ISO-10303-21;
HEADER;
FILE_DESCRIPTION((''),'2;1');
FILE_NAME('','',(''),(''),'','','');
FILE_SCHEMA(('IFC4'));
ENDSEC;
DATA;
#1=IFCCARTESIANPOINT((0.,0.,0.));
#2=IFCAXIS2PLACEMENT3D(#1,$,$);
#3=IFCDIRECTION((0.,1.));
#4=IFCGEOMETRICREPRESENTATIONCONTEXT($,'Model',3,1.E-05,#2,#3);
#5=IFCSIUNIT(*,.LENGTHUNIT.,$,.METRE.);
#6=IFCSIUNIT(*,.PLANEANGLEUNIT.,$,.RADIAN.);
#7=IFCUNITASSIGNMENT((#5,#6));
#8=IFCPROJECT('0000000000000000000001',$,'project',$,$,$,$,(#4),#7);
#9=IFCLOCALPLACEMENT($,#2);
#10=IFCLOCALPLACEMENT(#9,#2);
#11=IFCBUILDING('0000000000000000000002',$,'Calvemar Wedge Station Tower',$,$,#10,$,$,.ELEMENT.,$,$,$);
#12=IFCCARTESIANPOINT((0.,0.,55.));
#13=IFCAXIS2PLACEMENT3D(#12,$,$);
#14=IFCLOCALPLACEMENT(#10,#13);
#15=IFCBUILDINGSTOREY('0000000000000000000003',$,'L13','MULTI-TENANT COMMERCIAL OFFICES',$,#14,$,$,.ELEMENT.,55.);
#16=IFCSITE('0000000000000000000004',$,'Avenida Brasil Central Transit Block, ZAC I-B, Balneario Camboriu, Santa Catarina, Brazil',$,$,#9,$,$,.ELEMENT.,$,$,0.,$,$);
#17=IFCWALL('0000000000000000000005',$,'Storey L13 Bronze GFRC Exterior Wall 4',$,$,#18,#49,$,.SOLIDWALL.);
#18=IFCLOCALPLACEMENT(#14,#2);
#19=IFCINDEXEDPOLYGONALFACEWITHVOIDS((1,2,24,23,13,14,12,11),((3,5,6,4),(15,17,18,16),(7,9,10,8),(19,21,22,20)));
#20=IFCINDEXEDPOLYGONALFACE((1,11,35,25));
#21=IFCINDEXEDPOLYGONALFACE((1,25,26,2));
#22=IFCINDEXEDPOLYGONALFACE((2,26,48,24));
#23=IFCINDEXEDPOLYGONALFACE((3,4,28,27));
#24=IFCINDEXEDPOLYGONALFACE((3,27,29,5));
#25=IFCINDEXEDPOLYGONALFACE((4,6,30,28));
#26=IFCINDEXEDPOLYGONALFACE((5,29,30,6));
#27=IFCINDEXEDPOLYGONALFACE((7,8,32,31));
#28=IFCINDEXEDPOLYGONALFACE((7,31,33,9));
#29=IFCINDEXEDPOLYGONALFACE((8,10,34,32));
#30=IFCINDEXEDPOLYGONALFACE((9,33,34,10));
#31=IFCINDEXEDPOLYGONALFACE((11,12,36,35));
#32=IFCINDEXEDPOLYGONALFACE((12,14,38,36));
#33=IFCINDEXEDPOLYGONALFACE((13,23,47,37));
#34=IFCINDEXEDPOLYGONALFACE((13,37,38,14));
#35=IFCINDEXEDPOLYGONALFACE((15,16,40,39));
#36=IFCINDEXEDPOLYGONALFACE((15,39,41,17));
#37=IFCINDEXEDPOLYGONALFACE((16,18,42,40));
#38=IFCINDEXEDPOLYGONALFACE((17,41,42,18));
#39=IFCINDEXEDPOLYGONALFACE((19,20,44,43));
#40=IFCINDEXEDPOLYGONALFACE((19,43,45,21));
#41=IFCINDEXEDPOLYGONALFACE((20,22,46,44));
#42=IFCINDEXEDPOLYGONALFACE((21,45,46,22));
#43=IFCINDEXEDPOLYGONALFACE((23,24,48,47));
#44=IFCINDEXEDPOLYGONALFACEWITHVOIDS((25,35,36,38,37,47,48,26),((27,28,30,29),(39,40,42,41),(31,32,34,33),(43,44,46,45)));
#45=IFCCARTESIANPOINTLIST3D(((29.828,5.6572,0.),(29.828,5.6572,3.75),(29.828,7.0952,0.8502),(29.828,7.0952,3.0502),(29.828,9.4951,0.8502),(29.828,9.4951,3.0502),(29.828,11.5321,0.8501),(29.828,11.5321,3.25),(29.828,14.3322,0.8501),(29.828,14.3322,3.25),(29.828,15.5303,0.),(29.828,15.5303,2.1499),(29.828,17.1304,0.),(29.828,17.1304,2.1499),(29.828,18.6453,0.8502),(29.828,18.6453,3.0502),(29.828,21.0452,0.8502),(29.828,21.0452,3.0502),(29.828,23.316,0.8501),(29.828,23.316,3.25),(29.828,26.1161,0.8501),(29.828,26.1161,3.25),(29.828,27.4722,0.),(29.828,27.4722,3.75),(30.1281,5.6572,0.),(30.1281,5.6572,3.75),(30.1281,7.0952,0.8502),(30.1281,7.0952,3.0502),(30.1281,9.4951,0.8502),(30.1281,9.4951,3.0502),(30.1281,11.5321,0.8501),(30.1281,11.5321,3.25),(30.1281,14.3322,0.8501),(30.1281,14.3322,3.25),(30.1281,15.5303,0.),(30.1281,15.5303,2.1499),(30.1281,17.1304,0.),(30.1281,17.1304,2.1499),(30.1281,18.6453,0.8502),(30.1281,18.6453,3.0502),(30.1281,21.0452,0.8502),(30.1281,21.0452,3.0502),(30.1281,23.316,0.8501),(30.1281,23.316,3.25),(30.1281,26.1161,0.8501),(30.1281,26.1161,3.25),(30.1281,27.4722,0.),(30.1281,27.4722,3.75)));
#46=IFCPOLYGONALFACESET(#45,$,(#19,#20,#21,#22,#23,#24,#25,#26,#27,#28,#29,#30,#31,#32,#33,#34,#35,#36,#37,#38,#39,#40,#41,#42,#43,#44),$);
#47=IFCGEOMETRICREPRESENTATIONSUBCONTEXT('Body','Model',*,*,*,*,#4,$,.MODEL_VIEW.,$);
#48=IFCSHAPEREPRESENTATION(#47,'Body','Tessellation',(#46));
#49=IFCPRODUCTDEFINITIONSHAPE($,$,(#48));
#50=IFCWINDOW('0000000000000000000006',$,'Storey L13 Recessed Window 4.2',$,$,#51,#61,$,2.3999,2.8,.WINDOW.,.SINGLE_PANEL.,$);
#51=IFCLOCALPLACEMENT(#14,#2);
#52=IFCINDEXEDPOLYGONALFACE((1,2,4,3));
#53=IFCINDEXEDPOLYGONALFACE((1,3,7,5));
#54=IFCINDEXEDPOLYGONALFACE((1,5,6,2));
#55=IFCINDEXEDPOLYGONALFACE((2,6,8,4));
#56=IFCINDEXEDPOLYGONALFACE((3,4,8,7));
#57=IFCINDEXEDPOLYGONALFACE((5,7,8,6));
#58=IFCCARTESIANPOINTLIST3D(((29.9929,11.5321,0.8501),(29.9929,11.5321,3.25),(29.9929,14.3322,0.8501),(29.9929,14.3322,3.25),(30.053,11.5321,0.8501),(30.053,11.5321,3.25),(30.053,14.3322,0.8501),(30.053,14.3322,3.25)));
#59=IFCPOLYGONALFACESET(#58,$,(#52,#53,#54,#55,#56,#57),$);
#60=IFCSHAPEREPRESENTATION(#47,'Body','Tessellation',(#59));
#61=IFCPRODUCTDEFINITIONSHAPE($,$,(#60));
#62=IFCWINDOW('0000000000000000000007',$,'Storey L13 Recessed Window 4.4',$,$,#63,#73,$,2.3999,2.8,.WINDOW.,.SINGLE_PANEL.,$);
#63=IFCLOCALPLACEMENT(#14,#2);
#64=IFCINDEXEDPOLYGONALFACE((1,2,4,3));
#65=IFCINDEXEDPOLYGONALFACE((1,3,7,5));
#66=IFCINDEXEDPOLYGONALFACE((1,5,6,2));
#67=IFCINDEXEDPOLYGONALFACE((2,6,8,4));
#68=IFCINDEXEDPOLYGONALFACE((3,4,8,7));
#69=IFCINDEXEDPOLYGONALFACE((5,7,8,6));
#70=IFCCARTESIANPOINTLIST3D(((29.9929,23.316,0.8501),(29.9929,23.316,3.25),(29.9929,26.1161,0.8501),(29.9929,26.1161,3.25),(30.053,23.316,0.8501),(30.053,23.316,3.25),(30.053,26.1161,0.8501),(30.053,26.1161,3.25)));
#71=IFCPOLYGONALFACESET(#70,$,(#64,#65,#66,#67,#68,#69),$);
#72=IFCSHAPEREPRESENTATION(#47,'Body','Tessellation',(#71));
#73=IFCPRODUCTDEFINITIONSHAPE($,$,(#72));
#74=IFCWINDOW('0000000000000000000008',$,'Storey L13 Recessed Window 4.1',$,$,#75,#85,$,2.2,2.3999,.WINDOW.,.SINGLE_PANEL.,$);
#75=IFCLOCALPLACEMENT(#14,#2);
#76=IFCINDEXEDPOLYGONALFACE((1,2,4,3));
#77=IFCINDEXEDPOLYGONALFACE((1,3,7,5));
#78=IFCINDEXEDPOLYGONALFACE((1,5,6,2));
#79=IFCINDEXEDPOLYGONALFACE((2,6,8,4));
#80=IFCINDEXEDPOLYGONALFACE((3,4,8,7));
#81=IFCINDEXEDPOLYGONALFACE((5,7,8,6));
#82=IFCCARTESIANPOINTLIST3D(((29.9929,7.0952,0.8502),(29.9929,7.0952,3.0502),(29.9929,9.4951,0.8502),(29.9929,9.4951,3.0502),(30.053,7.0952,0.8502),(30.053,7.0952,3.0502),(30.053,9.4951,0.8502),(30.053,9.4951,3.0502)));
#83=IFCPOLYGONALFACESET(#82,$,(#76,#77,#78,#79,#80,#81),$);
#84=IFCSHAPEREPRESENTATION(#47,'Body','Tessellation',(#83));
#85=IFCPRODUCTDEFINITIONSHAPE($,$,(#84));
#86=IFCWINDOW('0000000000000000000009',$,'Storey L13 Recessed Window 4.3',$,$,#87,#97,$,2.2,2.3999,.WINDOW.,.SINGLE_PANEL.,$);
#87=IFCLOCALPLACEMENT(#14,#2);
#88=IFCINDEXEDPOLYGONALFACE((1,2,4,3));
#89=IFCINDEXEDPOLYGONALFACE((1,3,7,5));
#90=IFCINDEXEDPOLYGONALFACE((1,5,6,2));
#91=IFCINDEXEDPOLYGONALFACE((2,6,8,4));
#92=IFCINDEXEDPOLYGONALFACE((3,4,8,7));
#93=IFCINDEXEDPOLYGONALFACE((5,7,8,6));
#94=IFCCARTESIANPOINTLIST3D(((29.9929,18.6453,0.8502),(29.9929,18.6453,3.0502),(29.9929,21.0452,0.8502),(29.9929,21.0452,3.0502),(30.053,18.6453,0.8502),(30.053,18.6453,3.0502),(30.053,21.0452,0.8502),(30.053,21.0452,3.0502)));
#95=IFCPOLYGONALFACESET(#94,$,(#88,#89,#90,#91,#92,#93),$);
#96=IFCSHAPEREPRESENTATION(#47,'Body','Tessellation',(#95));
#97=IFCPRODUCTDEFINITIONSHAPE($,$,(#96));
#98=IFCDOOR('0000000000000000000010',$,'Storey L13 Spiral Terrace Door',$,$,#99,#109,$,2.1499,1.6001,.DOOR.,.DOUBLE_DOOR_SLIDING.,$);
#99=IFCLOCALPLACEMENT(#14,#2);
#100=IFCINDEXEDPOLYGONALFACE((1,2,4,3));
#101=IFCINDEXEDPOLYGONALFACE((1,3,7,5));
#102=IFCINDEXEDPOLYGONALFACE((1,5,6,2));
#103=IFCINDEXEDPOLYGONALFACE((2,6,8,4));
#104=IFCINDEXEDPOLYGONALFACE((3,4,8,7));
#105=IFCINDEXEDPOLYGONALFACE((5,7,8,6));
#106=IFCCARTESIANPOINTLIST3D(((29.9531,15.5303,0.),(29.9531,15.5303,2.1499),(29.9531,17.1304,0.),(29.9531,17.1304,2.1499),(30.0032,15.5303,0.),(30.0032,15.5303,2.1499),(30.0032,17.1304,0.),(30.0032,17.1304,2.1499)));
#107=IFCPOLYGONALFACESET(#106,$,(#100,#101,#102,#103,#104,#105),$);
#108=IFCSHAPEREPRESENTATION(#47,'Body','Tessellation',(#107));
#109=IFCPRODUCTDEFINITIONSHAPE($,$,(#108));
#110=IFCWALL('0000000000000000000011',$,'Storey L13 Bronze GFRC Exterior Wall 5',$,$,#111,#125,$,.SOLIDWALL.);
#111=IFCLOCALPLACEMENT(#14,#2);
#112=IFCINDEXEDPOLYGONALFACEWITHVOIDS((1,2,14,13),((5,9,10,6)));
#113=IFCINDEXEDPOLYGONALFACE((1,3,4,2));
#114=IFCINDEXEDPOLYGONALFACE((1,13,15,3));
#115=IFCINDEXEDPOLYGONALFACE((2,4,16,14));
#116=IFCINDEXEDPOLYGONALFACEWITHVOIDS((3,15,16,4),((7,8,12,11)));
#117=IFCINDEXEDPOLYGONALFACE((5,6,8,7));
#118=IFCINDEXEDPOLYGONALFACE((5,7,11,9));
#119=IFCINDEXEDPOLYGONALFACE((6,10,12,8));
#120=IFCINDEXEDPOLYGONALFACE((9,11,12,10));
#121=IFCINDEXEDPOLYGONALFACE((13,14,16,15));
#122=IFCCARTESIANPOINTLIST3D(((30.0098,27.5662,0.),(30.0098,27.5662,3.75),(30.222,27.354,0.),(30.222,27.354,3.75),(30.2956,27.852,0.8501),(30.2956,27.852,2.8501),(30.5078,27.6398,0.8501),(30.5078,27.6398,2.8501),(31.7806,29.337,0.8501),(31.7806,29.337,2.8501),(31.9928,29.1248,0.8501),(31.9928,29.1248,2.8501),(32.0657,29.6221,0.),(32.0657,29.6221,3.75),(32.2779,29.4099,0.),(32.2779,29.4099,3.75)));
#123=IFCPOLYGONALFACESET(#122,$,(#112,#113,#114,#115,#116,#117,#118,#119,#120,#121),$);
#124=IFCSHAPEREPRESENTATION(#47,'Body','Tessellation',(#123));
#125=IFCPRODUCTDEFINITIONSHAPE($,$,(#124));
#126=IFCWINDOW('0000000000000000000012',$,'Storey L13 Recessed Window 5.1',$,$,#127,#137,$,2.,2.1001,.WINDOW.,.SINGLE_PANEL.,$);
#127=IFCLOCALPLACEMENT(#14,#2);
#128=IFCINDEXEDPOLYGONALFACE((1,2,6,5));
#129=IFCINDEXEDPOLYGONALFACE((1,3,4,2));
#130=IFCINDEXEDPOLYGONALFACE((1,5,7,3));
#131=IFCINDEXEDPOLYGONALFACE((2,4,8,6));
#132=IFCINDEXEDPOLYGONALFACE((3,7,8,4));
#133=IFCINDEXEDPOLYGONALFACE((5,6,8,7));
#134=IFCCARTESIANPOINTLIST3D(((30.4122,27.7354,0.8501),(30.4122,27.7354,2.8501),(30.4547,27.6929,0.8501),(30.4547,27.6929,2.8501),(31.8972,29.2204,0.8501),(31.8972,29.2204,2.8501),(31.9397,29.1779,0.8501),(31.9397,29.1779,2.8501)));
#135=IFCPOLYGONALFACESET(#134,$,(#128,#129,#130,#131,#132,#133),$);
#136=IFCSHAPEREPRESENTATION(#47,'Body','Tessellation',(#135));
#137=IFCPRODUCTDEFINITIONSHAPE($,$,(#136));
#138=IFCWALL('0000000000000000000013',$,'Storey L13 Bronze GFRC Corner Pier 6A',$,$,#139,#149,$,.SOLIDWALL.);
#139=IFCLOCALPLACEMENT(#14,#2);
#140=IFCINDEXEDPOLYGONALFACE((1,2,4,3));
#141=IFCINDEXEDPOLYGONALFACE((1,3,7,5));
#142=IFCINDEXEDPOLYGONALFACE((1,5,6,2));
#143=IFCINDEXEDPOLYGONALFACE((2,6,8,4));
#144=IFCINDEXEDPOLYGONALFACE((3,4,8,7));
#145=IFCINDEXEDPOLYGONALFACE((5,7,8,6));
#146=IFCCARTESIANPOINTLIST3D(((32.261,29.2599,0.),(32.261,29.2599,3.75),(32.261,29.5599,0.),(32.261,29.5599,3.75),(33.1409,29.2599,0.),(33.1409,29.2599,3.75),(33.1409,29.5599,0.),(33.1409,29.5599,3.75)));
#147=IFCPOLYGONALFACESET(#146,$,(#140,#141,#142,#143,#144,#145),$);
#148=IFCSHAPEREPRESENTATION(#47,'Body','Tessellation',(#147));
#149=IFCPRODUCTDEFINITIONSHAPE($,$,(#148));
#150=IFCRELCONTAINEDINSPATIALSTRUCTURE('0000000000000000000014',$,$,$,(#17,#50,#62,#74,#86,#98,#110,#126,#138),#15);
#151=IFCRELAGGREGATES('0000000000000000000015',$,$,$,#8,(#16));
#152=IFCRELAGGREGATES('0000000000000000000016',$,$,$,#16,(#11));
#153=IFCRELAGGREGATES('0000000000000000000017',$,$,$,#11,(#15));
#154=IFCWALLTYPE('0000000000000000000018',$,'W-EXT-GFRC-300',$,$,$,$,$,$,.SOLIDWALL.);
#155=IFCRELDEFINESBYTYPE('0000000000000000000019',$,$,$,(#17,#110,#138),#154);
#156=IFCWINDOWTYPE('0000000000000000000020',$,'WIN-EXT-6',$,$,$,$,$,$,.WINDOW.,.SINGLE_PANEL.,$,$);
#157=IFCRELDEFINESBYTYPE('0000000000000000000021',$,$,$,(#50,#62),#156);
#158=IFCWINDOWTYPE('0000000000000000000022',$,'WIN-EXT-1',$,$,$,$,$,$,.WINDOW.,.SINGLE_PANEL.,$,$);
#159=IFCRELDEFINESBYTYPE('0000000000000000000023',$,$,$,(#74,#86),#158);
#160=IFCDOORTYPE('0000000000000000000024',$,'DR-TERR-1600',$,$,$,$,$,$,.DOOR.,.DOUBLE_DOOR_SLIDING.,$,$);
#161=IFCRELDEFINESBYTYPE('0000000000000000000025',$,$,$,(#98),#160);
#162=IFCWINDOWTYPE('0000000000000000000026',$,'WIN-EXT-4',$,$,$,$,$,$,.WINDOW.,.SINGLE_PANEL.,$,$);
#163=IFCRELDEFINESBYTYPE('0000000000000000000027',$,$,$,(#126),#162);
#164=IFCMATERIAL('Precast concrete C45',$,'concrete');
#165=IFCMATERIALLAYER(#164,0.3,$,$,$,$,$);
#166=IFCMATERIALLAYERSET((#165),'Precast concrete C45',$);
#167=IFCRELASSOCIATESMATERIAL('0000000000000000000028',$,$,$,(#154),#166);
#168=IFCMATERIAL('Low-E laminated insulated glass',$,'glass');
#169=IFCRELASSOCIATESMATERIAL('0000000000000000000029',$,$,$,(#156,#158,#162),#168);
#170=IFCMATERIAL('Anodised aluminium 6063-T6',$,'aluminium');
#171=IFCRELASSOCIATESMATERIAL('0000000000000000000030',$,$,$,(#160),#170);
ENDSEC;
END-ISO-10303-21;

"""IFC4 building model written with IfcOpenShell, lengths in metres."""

from ifc_helpers import new_model, si_unit, direction, frame, frame_2d, origin, place, context, subcontext, project, spatial, rectangle, extrude, source, transform, mapped, material, layer, layer_set, type_object, element, fill, save


model = new_model("IFC4")

# Units and contexts
model_context = context("Model", 3, precision=1e-05, world=origin(), true_north=direction((0.0, 1.0)))
body_context = subcontext(model_context, "Body", "Model", "MODEL_VIEW")
ifc_project = project(units=[si_unit("LENGTHUNIT", "METRE"), si_unit("PLANEANGLEUNIT", "RADIAN")], contexts=[model_context])

# Site, building, storey
site_placement = place(None, origin())
site = spatial("IfcSite", under=ifc_project, at=site_placement, Name="Avenida Brasil Central Transit Block, ZAC I-B, Balneario Camboriu, Santa Catarina, Brazil", CompositionType="ELEMENT", RefElevation=0.0)
building_placement = place(site_placement, origin())
building = spatial("IfcBuilding", under=site, at=building_placement, Name="Calvemar Wedge Station Tower", CompositionType="ELEMENT")
storey_placement = place(building_placement, frame((0.0, 0.0, 55.0)))
storey = spatial("IfcBuildingStorey", under=building, at=storey_placement, Name="L13", Description="MULTI-TENANT COMMERCIAL OFFICES", CompositionType="ELEMENT", Elevation=55.0)

# Shared definitions
ifc_material_1 = material(Name="Anodised aluminium 6063-T6", Category="aluminium")

# Wall, openings, windows, door
ifc_material_2 = material(Name="Precast concrete C45", Category="concrete")
ifc_layer = layer(ifc_material_2, 0.3)
ifc_layer_set = layer_set([ifc_layer], Name="Precast concrete C45")
wall_type = type_object("IfcWallType", Name="W-EXT-GFRC-300", PredefinedType="SOLIDWALL", material=ifc_layer_set)
wall_1_placement = place(storey_placement, frame((29.978, 5.6572, 0.0), z_axis=(0.0, 0.0, 1.0), x_axis=(0.0, 1.0, 0.0)))
wall_1 = element("IfcWall", 1, at=wall_1_placement, inside=storey, type_object=wall_type, Name="Storey L13 Bronze GFRC Exterior Wall 4", PredefinedType="SOLIDWALL", context=body_context, shape_type="SweptSolid", body=[
    extrude(rectangle(XDim=21.8149, YDim=0.3, at=frame_2d((10.9075, 0.0))), origin(), (0.0, 0.0, 1.0), 3.75),
])
shared_shape_1 = source(origin(), body_context, "Body", "SweptSolid", [
    extrude(rectangle(XDim=1.6001, YDim=2.1499, at=frame_2d((0.8, 1.075))), frame((0.0, 0.1602, 0.0), z_axis=(0.0, -1.0, 0.0), x_axis=(1.0, 0.0, 0.0)), (0.0, 0.0, 1.0), 0.3201),
])
opening_1_placement = place(wall_1_placement, frame((9.873, 0.0, 0.0)))
opening_1 = element("IfcOpeningElement", 2, at=opening_1_placement, cuts=wall_1, PredefinedType="OPENING", context=body_context, shape_type="MappedRepresentation", body=[
    mapped(shared_shape_1, transform((0.0, 0.0, 0.0), scale=1.0)),
])
shared_shape_2 = source(origin(), body_context, "Body", "SweptSolid", [
    extrude(rectangle(XDim=2.3999, YDim=2.2, at=frame_2d((1.2, 1.1001))), frame((0.0, 0.1602, 0.0), z_axis=(0.0, -1.0, 0.0), x_axis=(1.0, 0.0, 0.0)), (0.0, 0.0, 1.0), 0.3201),
])
opening_2_placement = place(wall_1_placement, frame((1.438, 0.0, 0.8501)))
opening_2 = element("IfcOpeningElement", 3, at=opening_2_placement, cuts=wall_1, PredefinedType="OPENING", context=body_context, shape_type="MappedRepresentation", body=[
    mapped(shared_shape_2, transform((0.0, 0.0, 0.0), scale=1.0)),
])
shared_shape_3 = source(origin(), body_context, "Body", "SweptSolid", [
    extrude(rectangle(XDim=2.8, YDim=2.3999, at=frame_2d((1.3999, 1.2))), frame((0.0, 0.1602, 0.0), z_axis=(0.0, -1.0, 0.0), x_axis=(1.0, 0.0, 0.0)), (0.0, 0.0, 1.0), 0.3201),
])
opening_3_placement = place(wall_1_placement, frame((5.875, 0.0, 0.8501)))
opening_3 = element("IfcOpeningElement", 4, at=opening_3_placement, cuts=wall_1, PredefinedType="OPENING", context=body_context, shape_type="MappedRepresentation", body=[
    mapped(shared_shape_3, transform((0.0, 0.0, 0.0), scale=1.0)),
])
opening_4_placement = place(wall_1_placement, frame((12.988, 0.0, 0.8501)))
opening_4 = element("IfcOpeningElement", 5, at=opening_4_placement, cuts=wall_1, PredefinedType="OPENING", context=body_context, shape_type="MappedRepresentation", body=[
    mapped(shared_shape_2, transform((0.0, 0.0, 0.0), scale=1.0)),
])
opening_5_placement = place(wall_1_placement, frame((17.6589, 0.0, 0.8501)))
opening_5 = element("IfcOpeningElement", 6, at=opening_5_placement, cuts=wall_1, PredefinedType="OPENING", context=body_context, shape_type="MappedRepresentation", body=[
    mapped(shared_shape_3, transform((0.0, 0.0, 0.0), scale=1.0)),
])
ifc_material_3 = material(Name="Low-E laminated insulated glass", Category="glass")
window_type_1 = type_object("IfcWindowType", Name="WIN-EXT-6", PartitioningType="SINGLE_PANEL", PredefinedType="WINDOW", material=ifc_material_3)
shared_shape_4 = source(origin(), body_context, "Body", "SweptSolid", [
    extrude(rectangle(XDim=2.8, YDim=2.3999, at=frame_2d((1.3999, 1.2))), frame((0.0, -0.0149, 0.0), z_axis=(0.0, -1.0, 0.0), x_axis=(1.0, 0.0, 0.0)), (0.0, 0.0, 1.0), 0.0601),
])
window_1_placement = place(opening_3_placement, origin())
window_1 = element("IfcWindow", 7, at=window_1_placement, inside=storey, type_object=window_type_1, Name="Storey L13 Recessed Window 4.2", OverallHeight=2.3999, OverallWidth=2.8, PartitioningType="SINGLE_PANEL", PredefinedType="WINDOW", context=body_context, shape_type="MappedRepresentation", body=[
    mapped(shared_shape_4, transform((0.0, 0.0, 0.0), scale=1.0)),
])
fill(opening_3, window_1)
window_2_placement = place(opening_5_placement, origin())
window_2 = element("IfcWindow", 8, at=window_2_placement, inside=storey, type_object=window_type_1, Name="Storey L13 Recessed Window 4.4", OverallHeight=2.3999, OverallWidth=2.8, PartitioningType="SINGLE_PANEL", PredefinedType="WINDOW", context=body_context, shape_type="MappedRepresentation", body=[
    mapped(shared_shape_4, transform((0.0, 0.0, 0.0), scale=1.0)),
])
fill(opening_5, window_2)
window_type_2 = type_object("IfcWindowType", Name="WIN-EXT-1", PartitioningType="SINGLE_PANEL", PredefinedType="WINDOW", material=ifc_material_3)
shared_shape_5 = source(origin(), body_context, "Body", "SweptSolid", [
    extrude(rectangle(XDim=2.3999, YDim=2.2, at=frame_2d((1.2, 1.1001))), frame((0.0, -0.0149, 0.0), z_axis=(0.0, -1.0, 0.0), x_axis=(1.0, 0.0, 0.0)), (0.0, 0.0, 1.0), 0.0601),
])
window_3_placement = place(opening_2_placement, origin())
window_3 = element("IfcWindow", 9, at=window_3_placement, inside=storey, type_object=window_type_2, Name="Storey L13 Recessed Window 4.1", OverallHeight=2.2, OverallWidth=2.3999, PartitioningType="SINGLE_PANEL", PredefinedType="WINDOW", context=body_context, shape_type="MappedRepresentation", body=[
    mapped(shared_shape_5, transform((0.0, 0.0, 0.0), scale=1.0)),
])
fill(opening_2, window_3)
window_4_placement = place(opening_4_placement, origin())
window_4 = element("IfcWindow", 10, at=window_4_placement, inside=storey, type_object=window_type_2, Name="Storey L13 Recessed Window 4.3", OverallHeight=2.2, OverallWidth=2.3999, PartitioningType="SINGLE_PANEL", PredefinedType="WINDOW", context=body_context, shape_type="MappedRepresentation", body=[
    mapped(shared_shape_5, transform((0.0, 0.0, 0.0), scale=1.0)),
])
fill(opening_4, window_4)
door_type = type_object("IfcDoorType", Name="DR-TERR-1600", OperationType="DOUBLE_DOOR_SLIDING", PredefinedType="DOOR", material=ifc_material_1)
shared_shape_6 = source(origin(), body_context, "Body", "SweptSolid", [
    extrude(rectangle(XDim=1.6001, YDim=2.1499, at=frame_2d((0.8, 1.075))), frame((0.0, 0.0249, 0.0), z_axis=(0.0, -1.0, 0.0), x_axis=(1.0, 0.0, 0.0)), (0.0, 0.0, 1.0), 0.05),
])
door_placement = place(opening_1_placement, origin())
door = element("IfcDoor", 11, at=door_placement, inside=storey, type_object=door_type, Name="Storey L13 Spiral Terrace Door", OperationType="DOUBLE_DOOR_SLIDING", OverallHeight=2.1499, OverallWidth=1.6001, PredefinedType="DOOR", context=body_context, shape_type="MappedRepresentation", body=[
    mapped(shared_shape_6, transform((0.0, 0.0, 0.0), scale=1.0)),
])
fill(opening_1, door)

# Wall, opening, window
wall_2_placement = place(storey_placement, frame((30.116, 27.4602, 0.0), z_axis=(0.0, 0.0, 1.0), x_axis=(0.707107, 0.707107, 0.0)))
wall_2 = element("IfcWall", 12, at=wall_2_placement, inside=storey, type_object=wall_type, Name="Storey L13 Bronze GFRC Exterior Wall 5", PredefinedType="SOLIDWALL", context=body_context, shape_type="SweptSolid", body=[
    extrude(rectangle(XDim=2.9075, YDim=0.3, at=frame_2d((1.4536, 0.0))), origin(), (0.0, 0.0, 1.0), 3.75),
])
shared_shape_7 = source(origin(), body_context, "Body", "SweptSolid", [
    extrude(rectangle(XDim=2.1001, YDim=2.0, at=frame_2d((1.05, 1.0))), frame((0.0, 0.1602, 0.0), z_axis=(0.0, -1.0, 0.0), x_axis=(1.0, 0.0, 0.0)), (0.0, 0.0, 1.0), 0.3201),
])
opening_6_placement = place(wall_2_placement, frame((0.4041, 0.0, 0.8501)))
opening_6 = element("IfcOpeningElement", 13, at=opening_6_placement, cuts=wall_2, PredefinedType="OPENING", context=body_context, shape_type="MappedRepresentation", body=[
    mapped(shared_shape_7, transform((0.0, 0.0, 0.0), scale=1.0)),
])
window_type_3 = type_object("IfcWindowType", Name="WIN-EXT-4", PartitioningType="SINGLE_PANEL", PredefinedType="WINDOW", material=ifc_material_3)
shared_shape_8 = source(origin(), body_context, "Body", "SweptSolid", [
    extrude(rectangle(XDim=2.1001, YDim=2.0, at=frame_2d((1.05, 1.0))), frame((0.0, -0.0149, 0.0), z_axis=(0.0, -1.0, 0.0), x_axis=(1.0, 0.0, 0.0)), (0.0, 0.0, 1.0), 0.0601),
])
window_5_placement = place(opening_6_placement, origin())
window_5 = element("IfcWindow", 14, at=window_5_placement, inside=storey, type_object=window_type_3, Name="Storey L13 Recessed Window 5.1", OverallHeight=2.0, OverallWidth=2.1001, PartitioningType="SINGLE_PANEL", PredefinedType="WINDOW", context=body_context, shape_type="MappedRepresentation", body=[
    mapped(shared_shape_8, transform((0.0, 0.0, 0.0), scale=1.0)),
])
fill(opening_6, window_5)

# Wall
wall_3_placement = place(storey_placement, frame((32.261, 29.4099, 0.0), z_axis=(0.0, 0.0, 1.0), x_axis=(1.0, 0.0, 0.0)))
element("IfcWall", 15, at=wall_3_placement, inside=storey, type_object=wall_type, Name="Storey L13 Bronze GFRC Corner Pier 6A", PredefinedType="SOLIDWALL", context=body_context, shape_type="SweptSolid", body=[
    extrude(rectangle(XDim=0.8799, YDim=0.3, at=frame_2d((0.4399, 0.0))), origin(), (0.0, 0.0, 1.0), 3.75),
])

save(model, "model.ifc")
